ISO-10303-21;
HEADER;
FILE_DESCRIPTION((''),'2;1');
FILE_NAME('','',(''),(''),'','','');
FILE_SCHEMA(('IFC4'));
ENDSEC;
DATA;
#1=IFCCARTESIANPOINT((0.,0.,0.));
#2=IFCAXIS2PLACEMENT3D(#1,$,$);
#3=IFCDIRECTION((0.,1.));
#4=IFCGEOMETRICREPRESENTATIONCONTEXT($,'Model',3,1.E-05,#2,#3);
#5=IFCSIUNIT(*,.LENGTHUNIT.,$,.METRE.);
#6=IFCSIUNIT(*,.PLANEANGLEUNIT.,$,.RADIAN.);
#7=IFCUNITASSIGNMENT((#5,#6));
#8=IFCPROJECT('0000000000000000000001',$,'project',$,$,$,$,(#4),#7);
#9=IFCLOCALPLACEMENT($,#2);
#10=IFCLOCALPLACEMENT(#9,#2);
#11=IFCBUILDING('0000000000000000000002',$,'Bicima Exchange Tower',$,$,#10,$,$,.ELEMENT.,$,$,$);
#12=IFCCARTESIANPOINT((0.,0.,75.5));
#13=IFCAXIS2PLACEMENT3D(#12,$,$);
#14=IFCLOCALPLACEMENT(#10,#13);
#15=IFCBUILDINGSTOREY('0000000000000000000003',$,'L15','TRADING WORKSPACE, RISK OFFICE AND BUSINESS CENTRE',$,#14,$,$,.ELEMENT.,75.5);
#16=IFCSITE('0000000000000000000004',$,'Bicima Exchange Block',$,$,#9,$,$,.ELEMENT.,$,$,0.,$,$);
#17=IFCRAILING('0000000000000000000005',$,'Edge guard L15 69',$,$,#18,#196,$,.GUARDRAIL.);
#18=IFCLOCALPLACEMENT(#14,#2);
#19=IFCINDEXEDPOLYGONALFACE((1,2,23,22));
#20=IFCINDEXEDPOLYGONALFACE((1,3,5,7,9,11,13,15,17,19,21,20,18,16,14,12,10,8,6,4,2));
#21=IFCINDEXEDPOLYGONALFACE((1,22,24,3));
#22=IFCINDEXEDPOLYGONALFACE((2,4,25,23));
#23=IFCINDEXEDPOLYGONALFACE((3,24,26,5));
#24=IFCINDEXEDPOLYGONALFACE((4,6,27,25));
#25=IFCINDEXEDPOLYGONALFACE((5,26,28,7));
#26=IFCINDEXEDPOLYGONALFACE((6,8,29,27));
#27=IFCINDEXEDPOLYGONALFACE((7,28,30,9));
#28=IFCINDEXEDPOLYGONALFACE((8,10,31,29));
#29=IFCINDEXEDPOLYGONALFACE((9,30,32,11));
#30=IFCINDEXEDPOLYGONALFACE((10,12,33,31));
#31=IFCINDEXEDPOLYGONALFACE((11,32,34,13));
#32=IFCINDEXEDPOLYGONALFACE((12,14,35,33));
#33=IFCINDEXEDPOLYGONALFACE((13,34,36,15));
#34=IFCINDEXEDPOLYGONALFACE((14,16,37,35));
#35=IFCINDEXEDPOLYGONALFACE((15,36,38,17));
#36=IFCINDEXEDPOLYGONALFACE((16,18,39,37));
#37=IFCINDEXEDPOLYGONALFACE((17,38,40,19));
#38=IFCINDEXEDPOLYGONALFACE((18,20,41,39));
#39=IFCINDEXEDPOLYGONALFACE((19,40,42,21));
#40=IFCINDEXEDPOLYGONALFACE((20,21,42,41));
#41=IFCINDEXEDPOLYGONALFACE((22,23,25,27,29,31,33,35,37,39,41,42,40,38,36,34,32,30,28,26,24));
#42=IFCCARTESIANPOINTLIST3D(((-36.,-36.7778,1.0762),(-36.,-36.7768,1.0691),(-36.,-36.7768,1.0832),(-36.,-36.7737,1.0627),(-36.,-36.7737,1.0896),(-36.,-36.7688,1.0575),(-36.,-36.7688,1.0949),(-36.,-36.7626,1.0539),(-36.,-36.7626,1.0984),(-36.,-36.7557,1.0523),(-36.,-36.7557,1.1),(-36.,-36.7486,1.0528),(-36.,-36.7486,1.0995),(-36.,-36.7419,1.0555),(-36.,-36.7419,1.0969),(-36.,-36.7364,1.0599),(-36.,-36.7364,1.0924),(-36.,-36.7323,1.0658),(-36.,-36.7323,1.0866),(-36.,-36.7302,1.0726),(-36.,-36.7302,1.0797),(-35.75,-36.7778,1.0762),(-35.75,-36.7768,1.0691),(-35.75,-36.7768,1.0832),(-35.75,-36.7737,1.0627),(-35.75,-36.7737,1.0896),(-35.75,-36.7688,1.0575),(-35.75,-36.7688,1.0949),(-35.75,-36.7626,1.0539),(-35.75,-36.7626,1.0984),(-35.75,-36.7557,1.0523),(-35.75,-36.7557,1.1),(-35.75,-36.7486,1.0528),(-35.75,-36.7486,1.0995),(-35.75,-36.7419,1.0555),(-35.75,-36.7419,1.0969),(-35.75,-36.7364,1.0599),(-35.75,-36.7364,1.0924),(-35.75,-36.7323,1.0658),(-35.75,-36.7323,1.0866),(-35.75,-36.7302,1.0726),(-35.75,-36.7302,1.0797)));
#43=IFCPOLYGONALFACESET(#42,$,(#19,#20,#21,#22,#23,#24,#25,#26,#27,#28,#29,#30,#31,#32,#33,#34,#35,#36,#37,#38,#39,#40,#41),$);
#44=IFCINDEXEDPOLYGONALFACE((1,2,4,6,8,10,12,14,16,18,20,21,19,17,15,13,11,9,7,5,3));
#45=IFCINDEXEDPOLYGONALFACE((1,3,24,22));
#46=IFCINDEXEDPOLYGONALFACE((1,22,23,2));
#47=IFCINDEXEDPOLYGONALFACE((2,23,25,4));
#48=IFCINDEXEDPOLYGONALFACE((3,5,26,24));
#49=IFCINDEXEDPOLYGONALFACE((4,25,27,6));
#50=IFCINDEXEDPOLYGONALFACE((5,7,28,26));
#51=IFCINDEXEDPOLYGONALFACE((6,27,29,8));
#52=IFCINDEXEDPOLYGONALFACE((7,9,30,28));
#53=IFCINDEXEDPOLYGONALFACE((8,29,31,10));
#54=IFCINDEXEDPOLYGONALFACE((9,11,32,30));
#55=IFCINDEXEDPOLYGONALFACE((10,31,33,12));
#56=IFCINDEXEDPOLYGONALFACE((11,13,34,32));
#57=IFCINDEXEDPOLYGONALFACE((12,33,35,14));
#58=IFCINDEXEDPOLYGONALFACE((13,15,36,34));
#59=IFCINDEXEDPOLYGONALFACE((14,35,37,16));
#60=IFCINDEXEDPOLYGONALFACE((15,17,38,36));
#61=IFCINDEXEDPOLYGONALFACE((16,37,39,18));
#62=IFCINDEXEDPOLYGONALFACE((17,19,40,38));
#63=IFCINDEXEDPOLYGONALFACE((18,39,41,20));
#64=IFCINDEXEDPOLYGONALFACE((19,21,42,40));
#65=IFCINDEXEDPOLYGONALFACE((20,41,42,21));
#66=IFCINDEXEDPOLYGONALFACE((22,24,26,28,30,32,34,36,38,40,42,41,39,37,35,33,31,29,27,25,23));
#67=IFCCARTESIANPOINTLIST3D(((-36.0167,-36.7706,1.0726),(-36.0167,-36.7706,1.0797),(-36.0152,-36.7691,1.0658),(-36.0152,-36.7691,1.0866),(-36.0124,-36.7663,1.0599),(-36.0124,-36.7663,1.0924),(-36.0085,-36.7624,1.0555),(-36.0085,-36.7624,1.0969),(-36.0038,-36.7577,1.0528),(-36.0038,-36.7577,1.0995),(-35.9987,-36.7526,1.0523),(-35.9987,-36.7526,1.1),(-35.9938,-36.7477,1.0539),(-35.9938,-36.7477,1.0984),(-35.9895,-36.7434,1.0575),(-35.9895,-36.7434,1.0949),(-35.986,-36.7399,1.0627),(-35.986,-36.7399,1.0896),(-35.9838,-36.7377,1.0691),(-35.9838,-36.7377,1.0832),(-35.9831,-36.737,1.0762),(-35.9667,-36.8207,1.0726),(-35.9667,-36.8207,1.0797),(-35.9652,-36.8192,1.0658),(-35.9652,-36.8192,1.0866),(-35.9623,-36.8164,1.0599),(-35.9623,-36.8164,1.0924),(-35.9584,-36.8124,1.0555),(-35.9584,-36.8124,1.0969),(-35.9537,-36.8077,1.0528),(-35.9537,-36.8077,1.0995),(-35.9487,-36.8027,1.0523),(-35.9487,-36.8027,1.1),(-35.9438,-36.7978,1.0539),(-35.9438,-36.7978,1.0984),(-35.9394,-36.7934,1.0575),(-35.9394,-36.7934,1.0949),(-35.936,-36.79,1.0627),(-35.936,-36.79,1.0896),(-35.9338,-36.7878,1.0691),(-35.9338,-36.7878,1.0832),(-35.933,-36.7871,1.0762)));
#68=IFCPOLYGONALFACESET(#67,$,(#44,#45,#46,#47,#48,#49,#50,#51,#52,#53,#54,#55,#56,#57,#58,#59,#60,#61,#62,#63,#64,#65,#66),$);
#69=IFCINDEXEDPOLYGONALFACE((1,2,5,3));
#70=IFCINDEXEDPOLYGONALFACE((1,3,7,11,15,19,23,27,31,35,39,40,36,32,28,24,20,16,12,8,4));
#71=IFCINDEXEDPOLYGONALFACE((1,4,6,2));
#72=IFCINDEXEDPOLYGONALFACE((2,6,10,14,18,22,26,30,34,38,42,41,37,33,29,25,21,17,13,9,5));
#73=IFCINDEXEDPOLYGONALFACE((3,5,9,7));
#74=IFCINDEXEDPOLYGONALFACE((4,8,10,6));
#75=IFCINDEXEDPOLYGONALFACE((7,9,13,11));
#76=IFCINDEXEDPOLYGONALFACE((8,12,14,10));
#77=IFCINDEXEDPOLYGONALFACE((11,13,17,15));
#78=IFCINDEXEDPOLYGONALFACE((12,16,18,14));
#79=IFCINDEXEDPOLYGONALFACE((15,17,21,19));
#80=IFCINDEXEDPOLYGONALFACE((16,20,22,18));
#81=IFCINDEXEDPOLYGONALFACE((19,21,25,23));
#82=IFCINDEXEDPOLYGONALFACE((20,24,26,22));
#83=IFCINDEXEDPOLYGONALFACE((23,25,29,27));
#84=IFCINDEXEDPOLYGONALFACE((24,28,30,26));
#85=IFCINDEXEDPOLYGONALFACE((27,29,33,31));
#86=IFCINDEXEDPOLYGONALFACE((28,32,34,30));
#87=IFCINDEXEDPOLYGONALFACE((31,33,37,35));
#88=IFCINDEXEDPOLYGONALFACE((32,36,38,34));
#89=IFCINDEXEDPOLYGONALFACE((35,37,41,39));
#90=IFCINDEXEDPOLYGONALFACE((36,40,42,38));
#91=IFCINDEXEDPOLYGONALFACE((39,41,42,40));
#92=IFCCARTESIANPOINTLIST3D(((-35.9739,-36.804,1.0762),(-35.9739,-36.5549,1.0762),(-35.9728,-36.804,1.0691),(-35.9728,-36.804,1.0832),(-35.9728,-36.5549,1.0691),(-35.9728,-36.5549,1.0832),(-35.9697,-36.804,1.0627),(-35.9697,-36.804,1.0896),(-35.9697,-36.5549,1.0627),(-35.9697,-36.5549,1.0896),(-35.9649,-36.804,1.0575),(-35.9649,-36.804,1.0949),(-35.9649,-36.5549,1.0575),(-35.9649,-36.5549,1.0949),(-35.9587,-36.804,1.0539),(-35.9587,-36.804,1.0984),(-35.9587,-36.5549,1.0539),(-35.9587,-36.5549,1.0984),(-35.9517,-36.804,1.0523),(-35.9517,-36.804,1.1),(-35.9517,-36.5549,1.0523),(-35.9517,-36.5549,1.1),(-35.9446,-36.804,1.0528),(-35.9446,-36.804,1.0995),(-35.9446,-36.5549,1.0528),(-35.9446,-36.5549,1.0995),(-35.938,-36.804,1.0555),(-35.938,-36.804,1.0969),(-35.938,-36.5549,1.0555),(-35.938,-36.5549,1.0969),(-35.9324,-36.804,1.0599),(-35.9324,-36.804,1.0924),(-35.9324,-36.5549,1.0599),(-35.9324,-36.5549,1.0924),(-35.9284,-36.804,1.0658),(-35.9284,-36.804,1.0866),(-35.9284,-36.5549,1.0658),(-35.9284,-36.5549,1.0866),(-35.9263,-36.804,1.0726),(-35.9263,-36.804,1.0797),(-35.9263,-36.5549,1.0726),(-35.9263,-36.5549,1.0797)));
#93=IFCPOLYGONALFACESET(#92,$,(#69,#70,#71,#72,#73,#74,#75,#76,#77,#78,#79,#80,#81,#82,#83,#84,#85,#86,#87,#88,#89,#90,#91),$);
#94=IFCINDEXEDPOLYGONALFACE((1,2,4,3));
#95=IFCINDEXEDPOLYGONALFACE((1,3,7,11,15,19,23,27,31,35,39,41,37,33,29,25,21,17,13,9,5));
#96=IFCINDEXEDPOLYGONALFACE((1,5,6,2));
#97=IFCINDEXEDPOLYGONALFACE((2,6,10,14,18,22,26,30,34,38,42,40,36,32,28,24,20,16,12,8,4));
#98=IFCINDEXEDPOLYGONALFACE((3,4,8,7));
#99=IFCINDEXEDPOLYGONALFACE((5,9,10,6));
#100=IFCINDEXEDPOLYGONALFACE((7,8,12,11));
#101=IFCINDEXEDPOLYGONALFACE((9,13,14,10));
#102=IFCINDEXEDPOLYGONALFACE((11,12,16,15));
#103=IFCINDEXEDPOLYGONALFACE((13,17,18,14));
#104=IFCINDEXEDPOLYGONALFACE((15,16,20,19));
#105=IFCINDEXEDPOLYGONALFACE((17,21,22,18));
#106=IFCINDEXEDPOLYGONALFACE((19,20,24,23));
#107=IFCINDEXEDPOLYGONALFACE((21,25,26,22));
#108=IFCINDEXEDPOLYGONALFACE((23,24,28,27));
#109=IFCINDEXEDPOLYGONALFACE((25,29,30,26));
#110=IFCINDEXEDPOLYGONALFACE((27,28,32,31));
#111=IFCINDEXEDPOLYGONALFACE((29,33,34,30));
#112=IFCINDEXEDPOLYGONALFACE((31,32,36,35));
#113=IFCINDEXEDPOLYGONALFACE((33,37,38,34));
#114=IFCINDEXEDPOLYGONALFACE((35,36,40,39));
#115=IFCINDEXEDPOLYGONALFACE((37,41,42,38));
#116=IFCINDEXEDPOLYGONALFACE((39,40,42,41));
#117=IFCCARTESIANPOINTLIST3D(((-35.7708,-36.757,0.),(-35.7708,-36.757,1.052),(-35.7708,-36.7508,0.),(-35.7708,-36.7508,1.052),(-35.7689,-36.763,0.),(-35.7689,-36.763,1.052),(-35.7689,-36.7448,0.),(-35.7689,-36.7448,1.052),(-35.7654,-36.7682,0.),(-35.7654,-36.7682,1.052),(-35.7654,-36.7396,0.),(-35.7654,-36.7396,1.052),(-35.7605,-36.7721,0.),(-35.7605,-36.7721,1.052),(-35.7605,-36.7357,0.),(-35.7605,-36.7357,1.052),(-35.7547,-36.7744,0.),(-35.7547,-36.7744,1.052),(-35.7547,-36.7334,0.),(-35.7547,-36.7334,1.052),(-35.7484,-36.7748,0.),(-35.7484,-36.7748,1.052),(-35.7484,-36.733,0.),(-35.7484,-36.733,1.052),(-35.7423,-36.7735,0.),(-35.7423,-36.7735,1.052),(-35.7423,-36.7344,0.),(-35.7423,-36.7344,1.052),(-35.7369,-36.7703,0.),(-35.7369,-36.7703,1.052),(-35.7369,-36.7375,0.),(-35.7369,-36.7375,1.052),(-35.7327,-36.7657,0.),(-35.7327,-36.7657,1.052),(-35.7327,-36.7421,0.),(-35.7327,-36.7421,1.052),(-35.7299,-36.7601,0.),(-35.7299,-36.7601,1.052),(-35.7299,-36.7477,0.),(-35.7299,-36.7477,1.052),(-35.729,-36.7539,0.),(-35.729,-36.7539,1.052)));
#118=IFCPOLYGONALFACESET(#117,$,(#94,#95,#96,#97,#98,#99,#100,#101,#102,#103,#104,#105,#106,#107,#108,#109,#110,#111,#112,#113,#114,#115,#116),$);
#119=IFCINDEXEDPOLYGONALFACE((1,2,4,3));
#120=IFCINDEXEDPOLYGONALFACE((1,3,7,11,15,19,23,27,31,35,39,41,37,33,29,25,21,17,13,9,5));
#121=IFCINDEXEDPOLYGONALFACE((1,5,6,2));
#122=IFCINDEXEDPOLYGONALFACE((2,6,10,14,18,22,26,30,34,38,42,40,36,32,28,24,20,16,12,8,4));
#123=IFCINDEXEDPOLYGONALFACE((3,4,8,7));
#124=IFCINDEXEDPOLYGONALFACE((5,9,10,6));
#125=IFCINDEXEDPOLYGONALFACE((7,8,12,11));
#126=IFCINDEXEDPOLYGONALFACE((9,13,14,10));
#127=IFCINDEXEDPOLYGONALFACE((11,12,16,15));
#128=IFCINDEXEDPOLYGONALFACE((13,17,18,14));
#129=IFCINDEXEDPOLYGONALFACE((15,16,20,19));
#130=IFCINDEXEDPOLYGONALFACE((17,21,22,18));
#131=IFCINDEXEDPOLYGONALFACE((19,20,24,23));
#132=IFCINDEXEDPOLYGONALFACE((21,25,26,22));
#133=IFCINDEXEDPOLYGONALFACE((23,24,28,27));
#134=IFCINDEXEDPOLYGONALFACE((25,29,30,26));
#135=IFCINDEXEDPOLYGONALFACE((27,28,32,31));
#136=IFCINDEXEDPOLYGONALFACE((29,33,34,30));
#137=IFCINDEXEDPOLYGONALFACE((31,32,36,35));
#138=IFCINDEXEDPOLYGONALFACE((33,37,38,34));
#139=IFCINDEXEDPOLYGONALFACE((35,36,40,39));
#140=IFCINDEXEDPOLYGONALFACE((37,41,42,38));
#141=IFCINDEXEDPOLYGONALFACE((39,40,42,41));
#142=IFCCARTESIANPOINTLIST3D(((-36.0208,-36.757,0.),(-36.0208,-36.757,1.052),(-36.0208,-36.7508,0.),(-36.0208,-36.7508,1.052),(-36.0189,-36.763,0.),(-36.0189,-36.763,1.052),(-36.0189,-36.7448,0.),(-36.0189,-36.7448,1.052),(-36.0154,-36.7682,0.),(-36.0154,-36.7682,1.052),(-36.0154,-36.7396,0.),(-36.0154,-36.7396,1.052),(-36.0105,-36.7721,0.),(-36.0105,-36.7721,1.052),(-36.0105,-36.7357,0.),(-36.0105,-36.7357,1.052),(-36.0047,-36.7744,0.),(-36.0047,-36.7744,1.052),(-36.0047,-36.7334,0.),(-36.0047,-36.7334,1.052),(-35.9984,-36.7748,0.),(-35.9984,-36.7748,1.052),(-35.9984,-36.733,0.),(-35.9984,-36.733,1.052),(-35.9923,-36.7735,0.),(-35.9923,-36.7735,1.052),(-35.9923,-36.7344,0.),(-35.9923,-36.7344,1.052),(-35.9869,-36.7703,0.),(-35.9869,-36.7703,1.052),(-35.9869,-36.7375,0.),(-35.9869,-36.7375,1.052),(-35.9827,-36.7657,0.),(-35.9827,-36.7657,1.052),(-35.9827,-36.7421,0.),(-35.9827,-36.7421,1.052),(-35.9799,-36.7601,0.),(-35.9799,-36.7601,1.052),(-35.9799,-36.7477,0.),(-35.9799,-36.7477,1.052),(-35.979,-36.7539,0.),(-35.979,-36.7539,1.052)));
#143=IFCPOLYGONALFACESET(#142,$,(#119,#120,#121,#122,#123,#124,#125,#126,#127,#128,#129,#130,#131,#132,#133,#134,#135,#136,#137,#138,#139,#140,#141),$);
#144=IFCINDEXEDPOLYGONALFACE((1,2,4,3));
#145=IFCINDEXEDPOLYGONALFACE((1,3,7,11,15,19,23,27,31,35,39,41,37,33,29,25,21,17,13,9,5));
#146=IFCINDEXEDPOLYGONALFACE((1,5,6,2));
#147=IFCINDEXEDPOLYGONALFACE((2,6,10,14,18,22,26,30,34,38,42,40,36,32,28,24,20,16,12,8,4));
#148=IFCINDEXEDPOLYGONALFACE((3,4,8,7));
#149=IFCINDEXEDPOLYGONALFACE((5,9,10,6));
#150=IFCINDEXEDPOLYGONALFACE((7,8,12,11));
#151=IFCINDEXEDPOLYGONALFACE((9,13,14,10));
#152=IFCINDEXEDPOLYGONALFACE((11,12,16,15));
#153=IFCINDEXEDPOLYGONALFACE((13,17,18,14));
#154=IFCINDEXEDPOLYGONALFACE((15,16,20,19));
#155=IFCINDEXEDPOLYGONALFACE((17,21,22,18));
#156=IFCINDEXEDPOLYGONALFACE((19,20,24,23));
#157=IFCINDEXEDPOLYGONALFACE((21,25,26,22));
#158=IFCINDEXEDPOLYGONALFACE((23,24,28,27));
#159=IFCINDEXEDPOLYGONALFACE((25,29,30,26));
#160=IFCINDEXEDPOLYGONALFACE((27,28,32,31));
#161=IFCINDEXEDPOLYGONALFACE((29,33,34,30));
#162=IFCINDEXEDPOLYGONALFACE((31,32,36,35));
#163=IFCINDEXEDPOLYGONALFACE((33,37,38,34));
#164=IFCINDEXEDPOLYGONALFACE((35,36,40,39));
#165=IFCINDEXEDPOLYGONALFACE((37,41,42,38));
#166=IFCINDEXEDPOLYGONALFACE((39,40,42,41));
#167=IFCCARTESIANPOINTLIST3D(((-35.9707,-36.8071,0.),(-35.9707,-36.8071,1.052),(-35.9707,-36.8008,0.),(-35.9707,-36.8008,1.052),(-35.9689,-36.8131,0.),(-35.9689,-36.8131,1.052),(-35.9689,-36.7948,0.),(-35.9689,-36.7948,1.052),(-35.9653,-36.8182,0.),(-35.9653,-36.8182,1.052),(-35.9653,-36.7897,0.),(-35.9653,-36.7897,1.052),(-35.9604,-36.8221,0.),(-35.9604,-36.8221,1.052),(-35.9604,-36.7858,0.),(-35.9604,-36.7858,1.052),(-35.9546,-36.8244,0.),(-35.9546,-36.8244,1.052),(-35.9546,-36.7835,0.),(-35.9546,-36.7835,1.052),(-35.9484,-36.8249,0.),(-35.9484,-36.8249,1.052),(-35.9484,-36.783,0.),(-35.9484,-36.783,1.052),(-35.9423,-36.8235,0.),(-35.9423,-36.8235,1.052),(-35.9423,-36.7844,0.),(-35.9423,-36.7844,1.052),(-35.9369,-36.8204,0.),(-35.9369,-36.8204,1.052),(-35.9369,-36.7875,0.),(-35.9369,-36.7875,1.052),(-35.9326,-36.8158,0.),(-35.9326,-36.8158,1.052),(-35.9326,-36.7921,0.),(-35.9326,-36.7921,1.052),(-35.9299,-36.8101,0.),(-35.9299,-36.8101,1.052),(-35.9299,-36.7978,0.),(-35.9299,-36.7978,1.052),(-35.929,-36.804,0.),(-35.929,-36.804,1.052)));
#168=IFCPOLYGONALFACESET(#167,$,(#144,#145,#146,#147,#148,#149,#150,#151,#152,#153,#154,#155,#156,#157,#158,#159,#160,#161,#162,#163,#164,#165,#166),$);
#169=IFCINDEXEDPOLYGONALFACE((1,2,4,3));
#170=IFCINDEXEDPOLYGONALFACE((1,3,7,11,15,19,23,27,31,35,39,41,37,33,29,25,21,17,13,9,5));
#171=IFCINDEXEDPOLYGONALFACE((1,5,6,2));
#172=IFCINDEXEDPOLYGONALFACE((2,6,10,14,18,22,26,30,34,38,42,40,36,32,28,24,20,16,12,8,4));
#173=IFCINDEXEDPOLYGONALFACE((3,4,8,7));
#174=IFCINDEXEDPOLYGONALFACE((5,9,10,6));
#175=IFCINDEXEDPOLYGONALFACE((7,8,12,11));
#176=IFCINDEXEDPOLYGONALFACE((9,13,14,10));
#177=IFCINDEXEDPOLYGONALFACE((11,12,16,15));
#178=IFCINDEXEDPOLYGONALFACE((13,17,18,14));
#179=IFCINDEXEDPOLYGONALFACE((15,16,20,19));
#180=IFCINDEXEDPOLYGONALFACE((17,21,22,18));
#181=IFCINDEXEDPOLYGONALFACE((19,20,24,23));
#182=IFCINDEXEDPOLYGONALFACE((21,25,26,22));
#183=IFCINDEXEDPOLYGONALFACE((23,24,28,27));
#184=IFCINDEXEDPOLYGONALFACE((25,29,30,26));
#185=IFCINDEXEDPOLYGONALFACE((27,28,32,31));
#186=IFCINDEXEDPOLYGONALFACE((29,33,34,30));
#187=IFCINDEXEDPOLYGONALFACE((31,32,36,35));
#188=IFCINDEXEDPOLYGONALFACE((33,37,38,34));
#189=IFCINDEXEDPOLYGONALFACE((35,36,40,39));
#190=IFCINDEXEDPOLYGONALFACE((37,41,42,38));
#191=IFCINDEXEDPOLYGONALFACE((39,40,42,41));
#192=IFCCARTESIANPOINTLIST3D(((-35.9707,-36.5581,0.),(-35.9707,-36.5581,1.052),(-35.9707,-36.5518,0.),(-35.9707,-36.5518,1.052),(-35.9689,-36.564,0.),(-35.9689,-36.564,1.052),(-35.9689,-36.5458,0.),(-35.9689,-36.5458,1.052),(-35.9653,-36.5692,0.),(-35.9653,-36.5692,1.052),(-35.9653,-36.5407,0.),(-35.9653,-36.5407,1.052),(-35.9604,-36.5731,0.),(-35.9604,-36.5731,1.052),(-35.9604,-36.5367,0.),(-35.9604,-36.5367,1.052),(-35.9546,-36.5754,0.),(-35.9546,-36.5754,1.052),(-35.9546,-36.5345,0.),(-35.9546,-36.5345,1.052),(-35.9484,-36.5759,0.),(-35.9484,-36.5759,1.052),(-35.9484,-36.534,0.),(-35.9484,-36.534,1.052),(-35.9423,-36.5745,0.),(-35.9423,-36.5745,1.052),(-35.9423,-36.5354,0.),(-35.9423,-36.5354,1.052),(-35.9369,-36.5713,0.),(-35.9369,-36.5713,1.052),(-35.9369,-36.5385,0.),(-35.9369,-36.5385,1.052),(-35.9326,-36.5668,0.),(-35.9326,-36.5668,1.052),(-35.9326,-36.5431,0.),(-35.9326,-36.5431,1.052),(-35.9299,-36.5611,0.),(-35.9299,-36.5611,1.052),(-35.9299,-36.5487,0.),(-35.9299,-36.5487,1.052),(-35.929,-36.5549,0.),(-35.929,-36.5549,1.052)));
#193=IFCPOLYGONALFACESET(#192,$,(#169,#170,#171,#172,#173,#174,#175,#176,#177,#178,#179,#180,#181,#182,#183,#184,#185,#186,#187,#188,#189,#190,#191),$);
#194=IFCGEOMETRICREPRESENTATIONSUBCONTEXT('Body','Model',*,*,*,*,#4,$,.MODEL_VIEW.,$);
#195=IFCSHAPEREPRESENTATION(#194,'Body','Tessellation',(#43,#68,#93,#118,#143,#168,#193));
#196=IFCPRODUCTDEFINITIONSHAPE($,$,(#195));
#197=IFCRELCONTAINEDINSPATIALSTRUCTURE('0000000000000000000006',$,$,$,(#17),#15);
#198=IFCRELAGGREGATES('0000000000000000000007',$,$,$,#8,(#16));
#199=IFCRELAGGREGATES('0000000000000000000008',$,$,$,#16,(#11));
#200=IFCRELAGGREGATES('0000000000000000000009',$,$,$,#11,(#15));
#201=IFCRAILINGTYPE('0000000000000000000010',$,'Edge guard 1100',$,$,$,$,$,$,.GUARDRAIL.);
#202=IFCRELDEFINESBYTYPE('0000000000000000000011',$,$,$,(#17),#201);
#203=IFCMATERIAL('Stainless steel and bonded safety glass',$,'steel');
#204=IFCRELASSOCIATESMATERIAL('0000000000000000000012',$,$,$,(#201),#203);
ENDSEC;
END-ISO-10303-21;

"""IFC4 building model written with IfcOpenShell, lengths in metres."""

from ifc_helpers import new_model, si_unit, direction, frame, origin, origin_2d, place, context, subcontext, project, spatial, circle, extrude, material, type_object, element, save


model = new_model("IFC4")

# Units and contexts
model_context = context("Model", 3, precision=1e-05, world=origin(), true_north=direction((0.0, 1.0)))
body_context = subcontext(model_context, "Body", "Model", "MODEL_VIEW")
ifc_project = project(units=[si_unit("LENGTHUNIT", "METRE"), si_unit("PLANEANGLEUNIT", "RADIAN")], contexts=[model_context])

# Site, building, storey
site_placement = place(None, origin())
site = spatial("IfcSite", under=ifc_project, at=site_placement, Name="Bicima Exchange Block", CompositionType="ELEMENT", RefElevation=0.0)
building_placement = place(site_placement, origin())
building = spatial("IfcBuilding", under=site, at=building_placement, Name="Bicima Exchange Tower", CompositionType="ELEMENT")
storey_placement = place(building_placement, frame((0.0, 0.0, 75.5)))
storey = spatial("IfcBuildingStorey", under=building, at=storey_placement, Name="L15", Description="TRADING WORKSPACE, RISK OFFICE AND BUSINESS CENTRE", CompositionType="ELEMENT", Elevation=75.5)

# Railing
ifc_material_1 = material(Name="Stainless steel and bonded safety glass", Category="steel")
railing_type = type_object("IfcRailingType", Name="Edge guard 1100", PredefinedType="GUARDRAIL", material=ifc_material_1)
railing_1_placement = place(storey_placement, frame((-35.75, -36.7539, 0.0)))
element("IfcRailing", 1, at=railing_1_placement, inside=storey, type_object=railing_type, Name="Edge guard L15 69", PredefinedType="GUARDRAIL", context=body_context, shape_type="SweptSolid", body=[
    extrude(circle(Radius=0.0239, at=origin_2d()), frame((0.0, 0.0, 1.0762), z_axis=(-1.0, 0.0, 0.0), x_axis=(0.0, -1.0, 0.0)), (0.0, 0.0, 1.0), 0.25),
    extrude(circle(Radius=0.0239, at=origin_2d()), frame((-0.25, 0.0, 1.0762), z_axis=(0.707107, -0.707107, 0.0), x_axis=(0.707107, 0.707107, 0.0)), (0.0, 0.0, 1.0), 0.0708),
    extrude(circle(Radius=0.0239, at=origin_2d()), frame((-0.2, -0.05, 1.0762), z_axis=(0.0, 1.0, 0.0), x_axis=(-1.0, 0.0, 0.0)), (0.0, 0.0, 1.0), 0.249),
    extrude(circle(Radius=0.021, at=origin_2d()), origin(), (0.0, 0.0, 1.0), 1.052),
    extrude(circle(Radius=0.021, at=origin_2d()), frame((-0.25, 0.0, 0.0)), (0.0, 0.0, 1.0), 1.052),
    extrude(circle(Radius=0.021, at=origin_2d()), frame((-0.2, -0.05, 0.0)), (0.0, 0.0, 1.0), 1.052),
    extrude(circle(Radius=0.021, at=origin_2d()), frame((-0.2, 0.199, 0.0)), (0.0, 0.0, 1.0), 1.052),
])

save(model, "model.ifc")
